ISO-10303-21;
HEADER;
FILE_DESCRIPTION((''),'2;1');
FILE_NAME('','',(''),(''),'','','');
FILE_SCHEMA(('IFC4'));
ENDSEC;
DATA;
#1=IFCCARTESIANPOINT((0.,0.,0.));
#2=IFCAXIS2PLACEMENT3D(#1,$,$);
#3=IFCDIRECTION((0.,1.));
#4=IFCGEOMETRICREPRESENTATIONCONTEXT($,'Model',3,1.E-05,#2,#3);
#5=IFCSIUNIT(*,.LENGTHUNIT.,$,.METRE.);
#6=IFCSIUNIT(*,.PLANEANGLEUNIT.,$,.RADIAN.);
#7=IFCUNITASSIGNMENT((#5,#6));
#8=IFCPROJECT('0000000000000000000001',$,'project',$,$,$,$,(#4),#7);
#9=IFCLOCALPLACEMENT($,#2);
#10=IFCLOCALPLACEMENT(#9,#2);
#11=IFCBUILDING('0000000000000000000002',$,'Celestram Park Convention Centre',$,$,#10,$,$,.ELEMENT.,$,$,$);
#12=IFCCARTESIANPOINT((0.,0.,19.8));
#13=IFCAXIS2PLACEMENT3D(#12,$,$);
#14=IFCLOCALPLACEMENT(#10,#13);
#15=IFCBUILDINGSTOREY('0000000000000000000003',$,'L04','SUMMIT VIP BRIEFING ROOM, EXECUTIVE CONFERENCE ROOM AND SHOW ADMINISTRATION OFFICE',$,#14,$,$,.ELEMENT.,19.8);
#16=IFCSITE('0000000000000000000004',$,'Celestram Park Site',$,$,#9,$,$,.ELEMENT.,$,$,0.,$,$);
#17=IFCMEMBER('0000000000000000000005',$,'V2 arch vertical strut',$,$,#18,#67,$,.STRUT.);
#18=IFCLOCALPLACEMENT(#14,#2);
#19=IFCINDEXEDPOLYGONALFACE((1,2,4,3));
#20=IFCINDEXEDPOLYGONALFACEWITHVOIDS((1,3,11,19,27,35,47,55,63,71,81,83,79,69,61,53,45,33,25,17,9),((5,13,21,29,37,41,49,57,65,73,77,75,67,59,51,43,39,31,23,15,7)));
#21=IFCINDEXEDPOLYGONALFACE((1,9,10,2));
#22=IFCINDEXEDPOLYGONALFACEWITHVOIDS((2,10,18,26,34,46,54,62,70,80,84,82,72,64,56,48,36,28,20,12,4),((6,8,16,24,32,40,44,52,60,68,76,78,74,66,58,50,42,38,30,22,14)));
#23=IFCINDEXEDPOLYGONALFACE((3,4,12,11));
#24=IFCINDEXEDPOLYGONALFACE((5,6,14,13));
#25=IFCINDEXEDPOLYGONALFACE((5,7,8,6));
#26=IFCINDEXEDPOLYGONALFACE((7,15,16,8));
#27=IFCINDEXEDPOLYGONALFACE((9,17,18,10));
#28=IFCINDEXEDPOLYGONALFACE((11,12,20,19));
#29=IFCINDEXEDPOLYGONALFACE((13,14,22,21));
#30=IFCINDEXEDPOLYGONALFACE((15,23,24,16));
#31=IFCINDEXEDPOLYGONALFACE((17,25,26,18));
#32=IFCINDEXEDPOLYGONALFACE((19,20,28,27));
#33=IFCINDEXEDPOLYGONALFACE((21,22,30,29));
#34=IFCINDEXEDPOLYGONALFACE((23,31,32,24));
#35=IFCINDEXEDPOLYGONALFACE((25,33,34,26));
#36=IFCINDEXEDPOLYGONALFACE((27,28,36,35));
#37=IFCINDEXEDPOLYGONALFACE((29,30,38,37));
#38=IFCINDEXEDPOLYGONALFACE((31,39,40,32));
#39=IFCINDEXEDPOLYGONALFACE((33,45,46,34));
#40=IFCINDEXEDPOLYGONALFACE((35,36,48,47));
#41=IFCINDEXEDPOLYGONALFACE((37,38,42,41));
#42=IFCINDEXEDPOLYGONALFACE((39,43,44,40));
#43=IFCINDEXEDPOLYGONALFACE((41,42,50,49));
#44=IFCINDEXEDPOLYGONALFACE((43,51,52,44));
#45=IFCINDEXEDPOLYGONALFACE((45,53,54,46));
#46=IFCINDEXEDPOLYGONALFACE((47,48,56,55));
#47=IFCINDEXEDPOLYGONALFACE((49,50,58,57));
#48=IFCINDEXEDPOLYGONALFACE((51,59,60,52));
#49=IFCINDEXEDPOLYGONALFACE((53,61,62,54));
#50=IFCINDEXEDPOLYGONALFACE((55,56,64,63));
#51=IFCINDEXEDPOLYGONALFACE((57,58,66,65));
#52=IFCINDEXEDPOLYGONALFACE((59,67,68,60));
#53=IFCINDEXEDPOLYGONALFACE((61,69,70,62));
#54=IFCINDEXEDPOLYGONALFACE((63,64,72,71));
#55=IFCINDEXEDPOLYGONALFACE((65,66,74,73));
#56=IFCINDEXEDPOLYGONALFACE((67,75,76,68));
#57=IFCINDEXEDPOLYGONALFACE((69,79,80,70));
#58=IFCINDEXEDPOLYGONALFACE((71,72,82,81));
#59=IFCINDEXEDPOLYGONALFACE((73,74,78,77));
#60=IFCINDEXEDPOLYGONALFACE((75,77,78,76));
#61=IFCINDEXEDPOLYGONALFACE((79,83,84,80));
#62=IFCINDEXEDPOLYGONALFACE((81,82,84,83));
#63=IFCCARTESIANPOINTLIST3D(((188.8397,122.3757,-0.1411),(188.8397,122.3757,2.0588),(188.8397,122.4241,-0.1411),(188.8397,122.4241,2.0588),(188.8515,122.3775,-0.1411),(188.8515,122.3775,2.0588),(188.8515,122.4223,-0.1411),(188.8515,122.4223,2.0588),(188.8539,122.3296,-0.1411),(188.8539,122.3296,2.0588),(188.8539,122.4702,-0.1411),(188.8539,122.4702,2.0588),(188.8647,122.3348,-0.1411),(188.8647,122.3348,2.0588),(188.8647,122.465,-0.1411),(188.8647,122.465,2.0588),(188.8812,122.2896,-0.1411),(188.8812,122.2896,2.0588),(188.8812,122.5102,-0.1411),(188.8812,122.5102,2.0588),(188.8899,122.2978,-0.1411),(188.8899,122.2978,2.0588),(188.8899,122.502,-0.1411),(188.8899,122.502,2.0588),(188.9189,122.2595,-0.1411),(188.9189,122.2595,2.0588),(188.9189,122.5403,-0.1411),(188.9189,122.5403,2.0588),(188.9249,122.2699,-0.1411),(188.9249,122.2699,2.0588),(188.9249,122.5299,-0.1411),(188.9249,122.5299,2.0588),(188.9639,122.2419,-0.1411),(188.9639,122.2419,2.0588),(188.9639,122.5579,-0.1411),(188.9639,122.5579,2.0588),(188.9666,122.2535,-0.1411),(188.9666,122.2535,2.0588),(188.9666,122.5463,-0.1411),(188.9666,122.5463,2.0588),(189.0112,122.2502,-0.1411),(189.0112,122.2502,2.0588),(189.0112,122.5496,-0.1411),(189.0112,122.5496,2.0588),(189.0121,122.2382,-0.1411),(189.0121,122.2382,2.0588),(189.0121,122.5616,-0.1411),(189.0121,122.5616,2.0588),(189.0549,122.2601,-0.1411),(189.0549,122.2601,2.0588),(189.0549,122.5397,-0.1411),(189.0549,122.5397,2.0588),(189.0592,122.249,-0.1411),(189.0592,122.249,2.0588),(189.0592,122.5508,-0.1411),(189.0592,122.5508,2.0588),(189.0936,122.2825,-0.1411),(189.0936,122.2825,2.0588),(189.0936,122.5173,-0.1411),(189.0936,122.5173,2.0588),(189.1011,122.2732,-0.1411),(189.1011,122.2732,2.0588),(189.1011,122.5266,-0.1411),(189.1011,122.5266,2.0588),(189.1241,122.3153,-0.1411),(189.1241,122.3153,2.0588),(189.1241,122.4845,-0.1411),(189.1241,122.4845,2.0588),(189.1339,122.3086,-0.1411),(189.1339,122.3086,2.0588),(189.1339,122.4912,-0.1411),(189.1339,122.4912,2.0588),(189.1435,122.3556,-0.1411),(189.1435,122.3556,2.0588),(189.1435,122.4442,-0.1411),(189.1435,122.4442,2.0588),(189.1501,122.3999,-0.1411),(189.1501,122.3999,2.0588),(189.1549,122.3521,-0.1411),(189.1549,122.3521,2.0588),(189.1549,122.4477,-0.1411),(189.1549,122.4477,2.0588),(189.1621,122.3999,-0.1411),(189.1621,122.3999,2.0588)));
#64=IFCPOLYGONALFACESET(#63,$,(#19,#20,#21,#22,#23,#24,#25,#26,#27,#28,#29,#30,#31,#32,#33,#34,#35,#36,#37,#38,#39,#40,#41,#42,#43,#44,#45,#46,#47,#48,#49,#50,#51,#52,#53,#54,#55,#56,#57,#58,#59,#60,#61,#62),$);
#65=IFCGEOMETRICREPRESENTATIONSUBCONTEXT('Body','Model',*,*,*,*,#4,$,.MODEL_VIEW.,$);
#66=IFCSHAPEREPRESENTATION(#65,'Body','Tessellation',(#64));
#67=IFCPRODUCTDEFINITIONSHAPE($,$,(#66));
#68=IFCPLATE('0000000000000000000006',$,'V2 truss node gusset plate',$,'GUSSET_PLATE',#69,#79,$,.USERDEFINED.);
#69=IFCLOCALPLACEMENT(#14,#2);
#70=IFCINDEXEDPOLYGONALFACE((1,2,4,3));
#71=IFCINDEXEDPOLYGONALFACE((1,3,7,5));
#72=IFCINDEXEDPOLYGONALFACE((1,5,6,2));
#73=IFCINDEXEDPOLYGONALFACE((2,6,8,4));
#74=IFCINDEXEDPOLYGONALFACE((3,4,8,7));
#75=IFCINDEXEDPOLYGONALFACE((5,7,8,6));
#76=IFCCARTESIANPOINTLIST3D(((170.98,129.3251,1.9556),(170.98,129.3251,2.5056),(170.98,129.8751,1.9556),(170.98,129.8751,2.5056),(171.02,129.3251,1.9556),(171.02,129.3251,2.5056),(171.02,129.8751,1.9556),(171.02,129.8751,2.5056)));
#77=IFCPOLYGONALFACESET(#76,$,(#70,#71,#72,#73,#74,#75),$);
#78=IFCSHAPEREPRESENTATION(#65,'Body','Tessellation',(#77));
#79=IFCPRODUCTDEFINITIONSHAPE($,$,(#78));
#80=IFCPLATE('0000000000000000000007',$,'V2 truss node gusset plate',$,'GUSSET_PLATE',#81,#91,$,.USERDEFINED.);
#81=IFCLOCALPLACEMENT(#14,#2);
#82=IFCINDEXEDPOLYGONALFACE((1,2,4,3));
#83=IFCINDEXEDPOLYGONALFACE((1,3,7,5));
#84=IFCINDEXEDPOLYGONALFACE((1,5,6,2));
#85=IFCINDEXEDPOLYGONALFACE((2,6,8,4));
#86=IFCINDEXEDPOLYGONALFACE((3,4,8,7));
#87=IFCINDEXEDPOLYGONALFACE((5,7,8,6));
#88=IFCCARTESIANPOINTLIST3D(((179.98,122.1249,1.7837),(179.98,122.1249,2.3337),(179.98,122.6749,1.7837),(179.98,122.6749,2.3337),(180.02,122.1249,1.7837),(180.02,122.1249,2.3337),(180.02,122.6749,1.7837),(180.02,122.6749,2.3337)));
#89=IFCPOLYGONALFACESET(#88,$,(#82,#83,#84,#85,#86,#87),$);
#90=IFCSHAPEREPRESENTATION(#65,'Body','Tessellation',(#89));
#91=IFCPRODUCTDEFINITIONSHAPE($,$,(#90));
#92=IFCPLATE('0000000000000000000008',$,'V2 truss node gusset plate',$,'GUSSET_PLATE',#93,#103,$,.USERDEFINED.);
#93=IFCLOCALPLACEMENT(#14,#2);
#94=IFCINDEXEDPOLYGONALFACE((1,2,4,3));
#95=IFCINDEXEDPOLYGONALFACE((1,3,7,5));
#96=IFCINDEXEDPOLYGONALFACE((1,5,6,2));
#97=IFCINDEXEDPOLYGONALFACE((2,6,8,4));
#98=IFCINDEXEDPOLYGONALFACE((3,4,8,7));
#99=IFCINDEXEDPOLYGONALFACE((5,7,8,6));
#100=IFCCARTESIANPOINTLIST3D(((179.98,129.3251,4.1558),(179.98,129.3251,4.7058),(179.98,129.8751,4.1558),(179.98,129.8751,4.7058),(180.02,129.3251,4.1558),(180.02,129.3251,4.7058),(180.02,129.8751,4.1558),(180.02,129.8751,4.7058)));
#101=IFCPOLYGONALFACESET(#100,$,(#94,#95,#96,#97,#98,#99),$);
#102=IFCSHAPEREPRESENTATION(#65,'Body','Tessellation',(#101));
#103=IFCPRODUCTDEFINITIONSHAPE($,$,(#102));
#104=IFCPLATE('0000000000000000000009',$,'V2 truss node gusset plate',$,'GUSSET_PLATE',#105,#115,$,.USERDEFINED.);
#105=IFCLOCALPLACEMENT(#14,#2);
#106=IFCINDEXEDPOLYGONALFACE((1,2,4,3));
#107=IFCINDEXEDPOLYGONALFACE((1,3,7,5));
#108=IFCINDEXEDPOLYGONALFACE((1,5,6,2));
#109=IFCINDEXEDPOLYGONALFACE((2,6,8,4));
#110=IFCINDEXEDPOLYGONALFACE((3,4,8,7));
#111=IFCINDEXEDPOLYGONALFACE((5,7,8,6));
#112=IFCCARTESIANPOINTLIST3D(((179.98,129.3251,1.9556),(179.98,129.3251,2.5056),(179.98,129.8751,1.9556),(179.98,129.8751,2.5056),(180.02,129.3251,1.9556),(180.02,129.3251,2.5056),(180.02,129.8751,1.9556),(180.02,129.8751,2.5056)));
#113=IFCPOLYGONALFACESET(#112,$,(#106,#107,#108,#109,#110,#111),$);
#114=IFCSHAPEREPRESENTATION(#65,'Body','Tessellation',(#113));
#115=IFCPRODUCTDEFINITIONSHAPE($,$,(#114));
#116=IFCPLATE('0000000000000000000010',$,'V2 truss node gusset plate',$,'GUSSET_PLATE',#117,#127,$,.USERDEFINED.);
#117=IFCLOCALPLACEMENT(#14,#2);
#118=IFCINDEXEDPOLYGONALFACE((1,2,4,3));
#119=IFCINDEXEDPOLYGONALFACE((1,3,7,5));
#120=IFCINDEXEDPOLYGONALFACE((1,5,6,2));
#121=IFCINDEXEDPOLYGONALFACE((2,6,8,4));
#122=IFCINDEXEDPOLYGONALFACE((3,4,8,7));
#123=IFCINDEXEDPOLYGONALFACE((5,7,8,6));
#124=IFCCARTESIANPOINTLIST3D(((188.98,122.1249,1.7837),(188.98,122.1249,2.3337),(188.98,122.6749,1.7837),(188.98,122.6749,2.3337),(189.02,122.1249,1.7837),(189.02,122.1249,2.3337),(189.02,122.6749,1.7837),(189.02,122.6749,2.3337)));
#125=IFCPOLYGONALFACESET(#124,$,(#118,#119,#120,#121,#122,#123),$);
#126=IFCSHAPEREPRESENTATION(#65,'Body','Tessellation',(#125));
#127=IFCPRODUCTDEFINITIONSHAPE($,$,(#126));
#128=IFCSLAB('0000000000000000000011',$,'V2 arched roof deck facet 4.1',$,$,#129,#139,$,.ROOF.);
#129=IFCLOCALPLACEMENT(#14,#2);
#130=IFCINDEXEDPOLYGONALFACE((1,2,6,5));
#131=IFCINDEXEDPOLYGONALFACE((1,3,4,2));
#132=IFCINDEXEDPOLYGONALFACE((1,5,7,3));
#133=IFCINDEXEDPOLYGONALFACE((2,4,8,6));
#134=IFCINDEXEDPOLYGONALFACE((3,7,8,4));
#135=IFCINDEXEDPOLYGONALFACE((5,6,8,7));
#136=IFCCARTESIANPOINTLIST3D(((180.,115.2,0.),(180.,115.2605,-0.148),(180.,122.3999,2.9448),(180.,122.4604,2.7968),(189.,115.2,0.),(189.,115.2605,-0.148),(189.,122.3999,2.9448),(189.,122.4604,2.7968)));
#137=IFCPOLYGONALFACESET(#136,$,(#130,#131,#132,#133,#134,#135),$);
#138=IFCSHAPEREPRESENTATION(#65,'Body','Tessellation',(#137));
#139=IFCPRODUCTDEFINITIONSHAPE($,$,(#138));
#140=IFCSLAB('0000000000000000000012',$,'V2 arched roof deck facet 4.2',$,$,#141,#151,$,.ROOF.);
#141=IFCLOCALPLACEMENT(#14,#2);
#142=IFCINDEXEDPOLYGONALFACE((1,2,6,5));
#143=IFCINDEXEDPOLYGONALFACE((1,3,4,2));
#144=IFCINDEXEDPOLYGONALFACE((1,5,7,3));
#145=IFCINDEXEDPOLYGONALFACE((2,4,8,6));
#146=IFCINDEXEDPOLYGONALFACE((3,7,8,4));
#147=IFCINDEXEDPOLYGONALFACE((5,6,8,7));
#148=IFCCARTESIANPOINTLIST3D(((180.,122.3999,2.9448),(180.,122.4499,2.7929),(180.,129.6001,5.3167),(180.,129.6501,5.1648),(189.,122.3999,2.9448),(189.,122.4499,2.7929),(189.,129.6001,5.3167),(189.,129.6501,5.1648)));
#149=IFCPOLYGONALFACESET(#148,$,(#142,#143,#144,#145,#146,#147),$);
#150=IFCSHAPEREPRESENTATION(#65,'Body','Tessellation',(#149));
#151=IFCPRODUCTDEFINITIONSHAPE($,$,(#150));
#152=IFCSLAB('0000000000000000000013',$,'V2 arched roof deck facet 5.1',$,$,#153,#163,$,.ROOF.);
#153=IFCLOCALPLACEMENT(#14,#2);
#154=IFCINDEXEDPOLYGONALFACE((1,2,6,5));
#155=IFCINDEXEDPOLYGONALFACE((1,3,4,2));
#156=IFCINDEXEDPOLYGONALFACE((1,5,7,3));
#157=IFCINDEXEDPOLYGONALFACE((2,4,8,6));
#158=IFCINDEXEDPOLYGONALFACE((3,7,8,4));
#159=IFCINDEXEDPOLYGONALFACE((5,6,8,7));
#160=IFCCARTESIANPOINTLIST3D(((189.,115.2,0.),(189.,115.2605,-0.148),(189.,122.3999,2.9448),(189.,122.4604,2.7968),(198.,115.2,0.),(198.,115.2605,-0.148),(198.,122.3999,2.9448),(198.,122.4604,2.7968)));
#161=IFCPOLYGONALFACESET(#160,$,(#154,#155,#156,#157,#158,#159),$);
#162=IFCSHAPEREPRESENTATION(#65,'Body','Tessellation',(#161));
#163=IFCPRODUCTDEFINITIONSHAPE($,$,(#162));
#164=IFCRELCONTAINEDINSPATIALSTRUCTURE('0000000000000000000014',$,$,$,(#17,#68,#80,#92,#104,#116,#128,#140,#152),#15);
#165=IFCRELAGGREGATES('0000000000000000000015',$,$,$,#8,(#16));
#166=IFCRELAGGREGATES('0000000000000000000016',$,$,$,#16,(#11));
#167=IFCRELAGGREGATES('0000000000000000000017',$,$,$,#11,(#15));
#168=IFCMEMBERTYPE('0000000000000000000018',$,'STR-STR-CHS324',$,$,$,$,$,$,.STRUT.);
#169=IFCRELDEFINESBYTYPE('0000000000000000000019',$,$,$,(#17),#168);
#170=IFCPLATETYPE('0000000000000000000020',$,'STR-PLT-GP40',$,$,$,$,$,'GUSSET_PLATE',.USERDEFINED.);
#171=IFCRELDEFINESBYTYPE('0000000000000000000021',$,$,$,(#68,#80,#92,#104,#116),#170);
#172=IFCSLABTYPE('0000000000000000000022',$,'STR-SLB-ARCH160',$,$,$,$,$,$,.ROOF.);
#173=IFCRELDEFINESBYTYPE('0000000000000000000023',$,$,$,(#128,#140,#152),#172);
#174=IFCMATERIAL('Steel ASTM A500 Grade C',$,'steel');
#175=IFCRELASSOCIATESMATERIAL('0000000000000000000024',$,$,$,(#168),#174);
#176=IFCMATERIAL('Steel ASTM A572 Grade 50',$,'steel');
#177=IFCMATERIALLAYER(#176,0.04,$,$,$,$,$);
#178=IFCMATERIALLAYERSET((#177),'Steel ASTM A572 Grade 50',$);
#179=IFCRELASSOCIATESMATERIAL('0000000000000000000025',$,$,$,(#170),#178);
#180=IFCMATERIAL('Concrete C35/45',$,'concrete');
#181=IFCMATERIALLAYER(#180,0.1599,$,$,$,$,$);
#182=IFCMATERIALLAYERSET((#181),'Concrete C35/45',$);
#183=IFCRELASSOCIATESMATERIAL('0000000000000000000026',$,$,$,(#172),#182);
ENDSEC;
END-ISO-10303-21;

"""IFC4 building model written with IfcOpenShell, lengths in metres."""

from ifc_helpers import new_model, si_unit, direction, frame, origin, origin_2d, place, context, subcontext, project, spatial, polyline, rectangle, hollow_circle, outline, extrude, material, layer, layer_set, material_profile, profile_set, type_object, element, save


model = new_model("IFC4")

# Units and contexts
model_context = context("Model", 3, precision=1e-05, world=origin(), true_north=direction((0.0, 1.0)))
body_context = subcontext(model_context, "Body", "Model", "MODEL_VIEW")
ifc_project = project(units=[si_unit("LENGTHUNIT", "METRE"), si_unit("PLANEANGLEUNIT", "RADIAN")], contexts=[model_context])

# Site, building, storey
site_placement = place(None, origin())
site = spatial("IfcSite", under=ifc_project, at=site_placement, Name="Celestram Park Site", CompositionType="ELEMENT", RefElevation=0.0)
building_placement = place(site_placement, origin())
building = spatial("IfcBuilding", under=site, at=building_placement, Name="Celestram Park Convention Centre", CompositionType="ELEMENT")
storey_placement = place(building_placement, frame((0.0, 0.0, 19.8)))
storey = spatial("IfcBuildingStorey", under=building, at=storey_placement, Name="L04", Description="SUMMIT VIP BRIEFING ROOM, EXECUTIVE CONFERENCE ROOM AND SHOW ADMINISTRATION OFFICE", CompositionType="ELEMENT", Elevation=19.8)

# Member
ifc_material_1 = material(Name="Steel ASTM A500 Grade C", Category="steel")
ifc_material_profile_1 = material_profile(ifc_material_1, hollow_circle(Radius=0.1621, WallThickness=0.012, at=origin_2d()), Name="CHS324X12")
ifc_profile_set_1 = profile_set([ifc_material_profile_1], Name="Steel ASTM A500 Grade C")
member_type_1 = type_object("IfcMemberType", Name="STR-STR-CHS324", PredefinedType="STRUT", material=ifc_profile_set_1)
for number, where, z_axis, x_axis, name in (
    (1, (189.0, 122.3999, -0.1411), (0.0, 0.0, 1.0), (1.0, 0.0, 0.0), "V2 arch vertical strut"),
):
    element("IfcMember", number, at=place(storey_placement, frame(where, z_axis=z_axis, x_axis=x_axis)), inside=storey, type_object=member_type_1, Name=name, PredefinedType="STRUT", context=body_context, shape_type="SweptSolid", body=[
        extrude(hollow_circle(Radius=0.1621, WallThickness=0.012, at=origin_2d()), origin(), (0.0, 0.0, 1.0), 2.2),
    ])

# Plates
ifc_material_2 = material(Name="Steel ASTM A572 Grade 50", Category="steel")
ifc_layer_1 = layer(ifc_material_2, 0.04)
ifc_layer_set_1 = layer_set([ifc_layer_1], Name="Steel ASTM A572 Grade 50")
plate_type = type_object("IfcPlateType", Name="STR-PLT-GP40", ElementType="GUSSET_PLATE", PredefinedType="USERDEFINED", material=ifc_layer_set_1)
for number, where, z_axis, x_axis, name in (
    (2, (171.0, 129.6001, 1.9556), (0.0, 0.0, 1.0), (0.0, 1.0, 0.0), "V2 truss node gusset plate"),
    (3, (180.0, 122.3999, 1.7837), (0.0, 0.0, 1.0), (0.0, 1.0, 0.0), "V2 truss node gusset plate"),
    (4, (180.0, 129.6001, 4.1558), (0.0, 0.0, 1.0), (0.0, 1.0, 0.0), "V2 truss node gusset plate"),
    (5, (180.0, 129.6001, 1.9556), (0.0, 0.0, 1.0), (0.0, 1.0, 0.0), "V2 truss node gusset plate"),
    (6, (189.0, 122.3999, 1.7837), (0.0, 0.0, 1.0), (0.0, 1.0, 0.0), "V2 truss node gusset plate"),
):
    element("IfcPlate", number, at=place(storey_placement, frame(where, z_axis=z_axis, x_axis=x_axis)), inside=storey, type_object=plate_type, Name=name, ObjectType="GUSSET_PLATE", PredefinedType="USERDEFINED", context=body_context, shape_type="SweptSolid", body=[
        extrude(rectangle(XDim=0.55, YDim=0.04, at=origin_2d()), origin(), (0.0, 0.0, 1.0), 0.55),
    ])

# Slabs
ifc_material_3 = material(Name="Concrete C35/45", Category="concrete")
ifc_layer_2 = layer(ifc_material_3, 0.1599)
ifc_layer_set_2 = layer_set([ifc_layer_2], Name="Concrete C35/45")
slab_type = type_object("IfcSlabType", Name="STR-SLB-ARCH160", PredefinedType="ROOF", material=ifc_layer_set_2)
slab_1_placement = place(storey_placement, frame((180.0, 115.2, 0.0), z_axis=(0.0, -0.378566, 0.925574), x_axis=(1.0, 0.0, 0.0)))
element("IfcSlab", 7, at=slab_1_placement, inside=storey, type_object=slab_type, Name="V2 arched roof deck facet 4.1", PredefinedType="ROOF", context=body_context, shape_type="SweptSolid", body=[
    extrude(outline(polyline([(0.0, 0.0), (9.0, 0.0), (9.0, 7.7789), (0.0, 7.7789), (0.0, 0.0)])), origin(), (0.0, 0.0, -1.0), 0.1599),
])
slab_2_placement = place(storey_placement, frame((180.0, 122.3999, 2.9448), z_axis=(0.0, -0.312873, 0.949795), x_axis=(1.0, 0.0, 0.0)))
element("IfcSlab", 8, at=slab_2_placement, inside=storey, type_object=slab_type, Name="V2 arched roof deck facet 4.2", PredefinedType="ROOF", context=body_context, shape_type="SweptSolid", body=[
    extrude(outline(polyline([(0.0, 0.0), (9.0, 0.0), (9.0, 7.5808), (0.0, 7.5808), (0.0, 0.0)])), origin(), (0.0, 0.0, -1.0), 0.1599),
])
slab_3_placement = place(storey_placement, frame((189.0, 115.2, 0.0), z_axis=(0.0, -0.378566, 0.925574), x_axis=(1.0, 0.0, 0.0)))
element("IfcSlab", 9, at=slab_3_placement, inside=storey, type_object=slab_type, Name="V2 arched roof deck facet 5.1", PredefinedType="ROOF", context=body_context, shape_type="SweptSolid", body=[
    extrude(outline(polyline([(0.0, 0.0), (9.0, 0.0), (9.0, 7.7789), (0.0, 7.7789), (0.0, 0.0)])), origin(), (0.0, 0.0, -1.0), 0.1599),
])

save(model, "model.ifc")
